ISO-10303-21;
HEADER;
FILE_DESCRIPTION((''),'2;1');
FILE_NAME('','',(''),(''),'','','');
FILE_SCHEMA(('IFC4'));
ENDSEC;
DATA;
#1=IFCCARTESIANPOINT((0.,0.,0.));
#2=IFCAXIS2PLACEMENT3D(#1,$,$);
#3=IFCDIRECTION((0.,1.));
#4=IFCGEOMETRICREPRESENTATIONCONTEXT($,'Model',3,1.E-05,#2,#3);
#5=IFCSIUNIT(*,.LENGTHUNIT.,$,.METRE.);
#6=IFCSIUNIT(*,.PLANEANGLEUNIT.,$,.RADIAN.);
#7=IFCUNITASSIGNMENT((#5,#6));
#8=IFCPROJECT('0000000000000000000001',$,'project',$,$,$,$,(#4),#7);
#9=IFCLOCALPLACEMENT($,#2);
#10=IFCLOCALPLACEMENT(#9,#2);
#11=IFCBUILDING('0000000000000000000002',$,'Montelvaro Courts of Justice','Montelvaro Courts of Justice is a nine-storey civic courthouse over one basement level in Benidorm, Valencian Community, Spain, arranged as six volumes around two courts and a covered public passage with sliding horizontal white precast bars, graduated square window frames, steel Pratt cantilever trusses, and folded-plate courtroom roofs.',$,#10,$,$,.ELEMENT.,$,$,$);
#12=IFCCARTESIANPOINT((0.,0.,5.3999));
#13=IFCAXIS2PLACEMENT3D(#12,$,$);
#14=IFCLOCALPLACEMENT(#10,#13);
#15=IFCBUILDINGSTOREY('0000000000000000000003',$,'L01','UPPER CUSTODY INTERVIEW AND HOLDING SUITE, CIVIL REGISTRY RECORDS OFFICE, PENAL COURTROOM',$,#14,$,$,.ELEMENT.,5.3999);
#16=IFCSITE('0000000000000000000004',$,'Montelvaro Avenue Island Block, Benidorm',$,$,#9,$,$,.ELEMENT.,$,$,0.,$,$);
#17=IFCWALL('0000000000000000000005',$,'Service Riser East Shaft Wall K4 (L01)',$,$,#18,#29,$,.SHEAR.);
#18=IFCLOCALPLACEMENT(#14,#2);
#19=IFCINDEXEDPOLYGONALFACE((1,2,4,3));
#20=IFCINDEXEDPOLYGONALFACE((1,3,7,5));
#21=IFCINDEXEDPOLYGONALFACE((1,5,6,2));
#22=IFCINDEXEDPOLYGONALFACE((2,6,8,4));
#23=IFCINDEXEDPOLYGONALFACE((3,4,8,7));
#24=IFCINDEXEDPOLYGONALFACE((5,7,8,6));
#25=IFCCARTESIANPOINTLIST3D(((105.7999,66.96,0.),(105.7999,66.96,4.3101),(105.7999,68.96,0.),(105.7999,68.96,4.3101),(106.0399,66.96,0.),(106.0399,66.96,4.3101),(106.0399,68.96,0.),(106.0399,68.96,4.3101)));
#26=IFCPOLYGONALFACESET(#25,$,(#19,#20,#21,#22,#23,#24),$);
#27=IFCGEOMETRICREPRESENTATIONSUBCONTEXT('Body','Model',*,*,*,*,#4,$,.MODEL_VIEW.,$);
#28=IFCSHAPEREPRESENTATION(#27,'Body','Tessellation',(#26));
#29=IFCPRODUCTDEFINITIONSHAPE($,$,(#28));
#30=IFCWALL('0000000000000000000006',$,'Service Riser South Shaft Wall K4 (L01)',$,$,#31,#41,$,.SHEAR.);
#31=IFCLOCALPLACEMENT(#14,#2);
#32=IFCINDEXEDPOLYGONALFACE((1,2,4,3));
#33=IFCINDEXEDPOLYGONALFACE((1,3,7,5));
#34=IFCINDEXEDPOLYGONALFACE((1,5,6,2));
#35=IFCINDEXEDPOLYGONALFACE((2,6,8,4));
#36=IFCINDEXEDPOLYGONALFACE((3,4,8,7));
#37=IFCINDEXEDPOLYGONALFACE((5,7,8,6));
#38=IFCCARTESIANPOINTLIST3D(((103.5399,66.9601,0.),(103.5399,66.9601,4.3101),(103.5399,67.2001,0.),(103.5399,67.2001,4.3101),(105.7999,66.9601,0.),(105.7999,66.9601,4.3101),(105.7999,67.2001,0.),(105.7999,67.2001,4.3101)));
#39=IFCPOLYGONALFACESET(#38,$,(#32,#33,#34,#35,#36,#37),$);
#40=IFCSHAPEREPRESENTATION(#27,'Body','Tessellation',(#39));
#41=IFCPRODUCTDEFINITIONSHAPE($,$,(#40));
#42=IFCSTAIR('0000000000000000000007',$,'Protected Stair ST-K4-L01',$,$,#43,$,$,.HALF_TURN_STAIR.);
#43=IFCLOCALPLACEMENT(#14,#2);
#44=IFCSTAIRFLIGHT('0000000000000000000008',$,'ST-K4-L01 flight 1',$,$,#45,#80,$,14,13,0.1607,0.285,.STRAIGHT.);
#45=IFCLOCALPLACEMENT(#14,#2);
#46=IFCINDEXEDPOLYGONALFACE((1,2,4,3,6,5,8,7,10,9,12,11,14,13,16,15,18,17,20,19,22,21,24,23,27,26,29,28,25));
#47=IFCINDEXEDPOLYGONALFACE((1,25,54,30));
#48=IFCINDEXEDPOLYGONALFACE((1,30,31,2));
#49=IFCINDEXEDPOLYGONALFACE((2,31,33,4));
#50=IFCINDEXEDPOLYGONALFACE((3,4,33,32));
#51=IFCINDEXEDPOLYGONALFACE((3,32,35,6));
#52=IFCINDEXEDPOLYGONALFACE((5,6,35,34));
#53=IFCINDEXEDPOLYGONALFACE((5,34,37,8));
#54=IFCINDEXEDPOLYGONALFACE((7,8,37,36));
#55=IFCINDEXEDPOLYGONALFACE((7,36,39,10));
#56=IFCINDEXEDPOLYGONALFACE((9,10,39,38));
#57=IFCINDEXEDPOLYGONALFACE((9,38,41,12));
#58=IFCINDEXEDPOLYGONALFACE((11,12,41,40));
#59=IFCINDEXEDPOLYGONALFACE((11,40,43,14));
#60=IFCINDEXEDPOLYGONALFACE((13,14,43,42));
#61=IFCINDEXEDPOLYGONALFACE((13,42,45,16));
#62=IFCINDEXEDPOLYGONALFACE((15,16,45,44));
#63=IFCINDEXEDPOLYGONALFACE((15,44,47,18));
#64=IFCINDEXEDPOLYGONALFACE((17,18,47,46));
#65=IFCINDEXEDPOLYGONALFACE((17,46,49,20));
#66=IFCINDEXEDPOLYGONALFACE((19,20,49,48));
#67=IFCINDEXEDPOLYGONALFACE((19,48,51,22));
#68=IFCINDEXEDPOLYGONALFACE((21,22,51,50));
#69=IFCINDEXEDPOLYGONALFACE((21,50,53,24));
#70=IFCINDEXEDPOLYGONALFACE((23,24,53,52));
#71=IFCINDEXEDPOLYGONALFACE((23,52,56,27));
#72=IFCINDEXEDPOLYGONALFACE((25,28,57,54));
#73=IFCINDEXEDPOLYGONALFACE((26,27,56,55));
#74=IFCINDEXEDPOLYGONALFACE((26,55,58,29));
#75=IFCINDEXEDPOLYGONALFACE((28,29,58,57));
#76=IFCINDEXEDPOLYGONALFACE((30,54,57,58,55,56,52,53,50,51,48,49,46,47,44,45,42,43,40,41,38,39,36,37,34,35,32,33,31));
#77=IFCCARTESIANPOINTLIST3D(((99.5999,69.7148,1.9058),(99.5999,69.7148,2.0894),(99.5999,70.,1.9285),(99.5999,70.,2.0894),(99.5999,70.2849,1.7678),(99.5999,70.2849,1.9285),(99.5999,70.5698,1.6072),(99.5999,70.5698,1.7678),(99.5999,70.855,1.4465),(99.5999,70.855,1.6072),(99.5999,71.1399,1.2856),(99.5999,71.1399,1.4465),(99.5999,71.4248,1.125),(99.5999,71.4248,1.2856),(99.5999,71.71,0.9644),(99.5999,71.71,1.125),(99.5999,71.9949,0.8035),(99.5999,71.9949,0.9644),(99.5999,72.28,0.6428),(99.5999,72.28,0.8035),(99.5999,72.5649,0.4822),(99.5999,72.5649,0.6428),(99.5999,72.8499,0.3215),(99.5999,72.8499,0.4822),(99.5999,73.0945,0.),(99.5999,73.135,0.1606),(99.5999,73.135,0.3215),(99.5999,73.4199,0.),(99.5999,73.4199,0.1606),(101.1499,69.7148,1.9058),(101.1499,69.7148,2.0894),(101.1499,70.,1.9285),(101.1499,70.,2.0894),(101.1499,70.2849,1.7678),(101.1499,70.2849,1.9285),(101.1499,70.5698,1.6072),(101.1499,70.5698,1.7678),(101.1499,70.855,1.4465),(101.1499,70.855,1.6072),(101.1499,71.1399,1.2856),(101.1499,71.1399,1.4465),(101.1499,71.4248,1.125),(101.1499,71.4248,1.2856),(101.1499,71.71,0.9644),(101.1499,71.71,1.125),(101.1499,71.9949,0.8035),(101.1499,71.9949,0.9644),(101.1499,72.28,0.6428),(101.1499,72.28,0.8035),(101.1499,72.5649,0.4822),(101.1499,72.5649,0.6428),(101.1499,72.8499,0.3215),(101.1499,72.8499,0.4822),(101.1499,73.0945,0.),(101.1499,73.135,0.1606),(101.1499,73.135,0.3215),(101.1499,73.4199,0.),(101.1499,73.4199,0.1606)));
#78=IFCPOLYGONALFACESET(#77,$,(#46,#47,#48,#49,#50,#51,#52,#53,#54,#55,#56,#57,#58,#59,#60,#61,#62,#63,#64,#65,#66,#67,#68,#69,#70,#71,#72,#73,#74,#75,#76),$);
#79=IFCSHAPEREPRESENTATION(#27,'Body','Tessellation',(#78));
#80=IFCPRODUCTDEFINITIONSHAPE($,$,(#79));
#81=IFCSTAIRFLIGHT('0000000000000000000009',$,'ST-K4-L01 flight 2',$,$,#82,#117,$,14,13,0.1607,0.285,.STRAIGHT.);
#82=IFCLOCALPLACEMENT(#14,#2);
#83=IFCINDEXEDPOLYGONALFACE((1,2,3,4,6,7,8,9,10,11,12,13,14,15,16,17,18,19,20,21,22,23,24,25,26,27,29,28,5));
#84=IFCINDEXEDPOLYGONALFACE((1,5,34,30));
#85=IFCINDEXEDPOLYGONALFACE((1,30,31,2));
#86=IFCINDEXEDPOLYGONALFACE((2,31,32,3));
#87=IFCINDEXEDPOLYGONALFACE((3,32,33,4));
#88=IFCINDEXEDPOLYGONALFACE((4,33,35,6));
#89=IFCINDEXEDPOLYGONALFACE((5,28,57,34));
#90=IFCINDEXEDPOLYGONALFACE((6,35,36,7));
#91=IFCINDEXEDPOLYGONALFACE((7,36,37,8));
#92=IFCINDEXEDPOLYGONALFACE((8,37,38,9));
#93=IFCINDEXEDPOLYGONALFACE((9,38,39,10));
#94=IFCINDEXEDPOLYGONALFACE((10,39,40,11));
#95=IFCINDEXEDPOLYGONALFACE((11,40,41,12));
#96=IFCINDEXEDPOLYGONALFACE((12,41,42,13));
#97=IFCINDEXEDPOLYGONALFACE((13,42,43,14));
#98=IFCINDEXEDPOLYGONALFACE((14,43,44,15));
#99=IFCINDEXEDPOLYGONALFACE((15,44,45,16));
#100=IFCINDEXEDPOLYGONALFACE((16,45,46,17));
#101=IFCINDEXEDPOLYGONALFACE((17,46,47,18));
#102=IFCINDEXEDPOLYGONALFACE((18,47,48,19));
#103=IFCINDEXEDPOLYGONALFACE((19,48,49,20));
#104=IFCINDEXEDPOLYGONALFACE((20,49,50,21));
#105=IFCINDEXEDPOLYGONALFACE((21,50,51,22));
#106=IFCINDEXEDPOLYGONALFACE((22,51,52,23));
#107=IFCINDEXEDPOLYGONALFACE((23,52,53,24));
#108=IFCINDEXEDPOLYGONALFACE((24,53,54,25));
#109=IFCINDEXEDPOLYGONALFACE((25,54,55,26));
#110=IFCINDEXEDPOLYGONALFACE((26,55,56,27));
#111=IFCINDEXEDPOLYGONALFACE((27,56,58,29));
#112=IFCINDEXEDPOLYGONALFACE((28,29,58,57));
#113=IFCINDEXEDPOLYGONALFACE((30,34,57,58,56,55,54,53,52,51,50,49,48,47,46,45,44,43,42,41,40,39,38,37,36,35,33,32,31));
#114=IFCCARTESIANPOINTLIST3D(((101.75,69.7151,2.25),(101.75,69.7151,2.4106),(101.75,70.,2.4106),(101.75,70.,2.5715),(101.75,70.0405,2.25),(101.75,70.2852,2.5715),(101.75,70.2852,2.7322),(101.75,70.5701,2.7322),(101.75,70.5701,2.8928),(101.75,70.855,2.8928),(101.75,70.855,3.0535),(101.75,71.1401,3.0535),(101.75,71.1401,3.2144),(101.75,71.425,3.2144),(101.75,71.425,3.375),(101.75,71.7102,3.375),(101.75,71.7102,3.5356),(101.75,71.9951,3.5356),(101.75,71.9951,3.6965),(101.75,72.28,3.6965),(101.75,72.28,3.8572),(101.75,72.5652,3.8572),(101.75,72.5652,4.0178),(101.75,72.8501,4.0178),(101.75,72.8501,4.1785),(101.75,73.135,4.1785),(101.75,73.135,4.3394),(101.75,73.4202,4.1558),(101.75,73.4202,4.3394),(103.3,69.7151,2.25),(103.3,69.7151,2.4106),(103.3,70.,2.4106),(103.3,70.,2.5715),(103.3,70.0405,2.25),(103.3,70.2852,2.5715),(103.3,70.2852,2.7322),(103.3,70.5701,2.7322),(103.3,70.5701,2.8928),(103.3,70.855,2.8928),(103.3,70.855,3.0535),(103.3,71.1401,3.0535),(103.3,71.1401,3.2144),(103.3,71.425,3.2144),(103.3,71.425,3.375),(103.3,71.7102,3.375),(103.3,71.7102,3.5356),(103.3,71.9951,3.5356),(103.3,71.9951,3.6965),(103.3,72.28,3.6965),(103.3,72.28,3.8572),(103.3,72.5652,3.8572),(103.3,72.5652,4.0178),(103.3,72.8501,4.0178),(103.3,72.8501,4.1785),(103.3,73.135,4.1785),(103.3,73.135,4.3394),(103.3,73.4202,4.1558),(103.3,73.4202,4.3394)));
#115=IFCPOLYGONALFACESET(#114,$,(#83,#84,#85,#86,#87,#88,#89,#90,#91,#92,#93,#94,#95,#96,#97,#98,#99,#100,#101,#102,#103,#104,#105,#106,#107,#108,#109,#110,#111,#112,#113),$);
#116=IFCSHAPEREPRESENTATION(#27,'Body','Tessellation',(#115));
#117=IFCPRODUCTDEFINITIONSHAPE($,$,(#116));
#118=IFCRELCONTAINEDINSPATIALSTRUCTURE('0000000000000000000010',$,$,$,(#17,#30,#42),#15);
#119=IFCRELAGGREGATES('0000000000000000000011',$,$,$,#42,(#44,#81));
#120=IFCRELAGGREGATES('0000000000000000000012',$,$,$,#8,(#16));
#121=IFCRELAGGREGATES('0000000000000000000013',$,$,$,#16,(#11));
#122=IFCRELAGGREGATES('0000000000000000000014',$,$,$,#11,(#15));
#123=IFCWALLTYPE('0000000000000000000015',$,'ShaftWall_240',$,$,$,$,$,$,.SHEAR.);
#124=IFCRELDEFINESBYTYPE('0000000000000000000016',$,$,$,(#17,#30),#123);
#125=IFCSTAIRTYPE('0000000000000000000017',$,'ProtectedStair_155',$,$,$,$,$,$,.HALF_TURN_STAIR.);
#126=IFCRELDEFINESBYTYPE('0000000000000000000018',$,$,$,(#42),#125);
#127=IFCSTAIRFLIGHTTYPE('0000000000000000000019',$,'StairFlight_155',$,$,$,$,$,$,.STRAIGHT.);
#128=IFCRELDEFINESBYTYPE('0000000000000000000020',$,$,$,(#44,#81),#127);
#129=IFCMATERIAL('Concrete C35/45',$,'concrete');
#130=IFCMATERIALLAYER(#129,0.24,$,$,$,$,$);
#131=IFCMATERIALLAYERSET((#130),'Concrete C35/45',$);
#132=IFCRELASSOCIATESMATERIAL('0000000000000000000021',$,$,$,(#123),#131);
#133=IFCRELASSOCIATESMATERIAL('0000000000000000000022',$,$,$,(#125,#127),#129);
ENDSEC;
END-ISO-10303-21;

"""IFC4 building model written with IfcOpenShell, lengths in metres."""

from ifc_helpers import new_model, si_unit, direction, frame, frame_2d, origin, place, context, subcontext, project, spatial, polyline, rectangle, outline, extrude, material, layer, layer_set, type_object, element, aggregate, save


model = new_model("IFC4")

# Units and contexts
model_context = context("Model", 3, precision=1e-05, world=origin(), true_north=direction((0.0, 1.0)))
body_context = subcontext(model_context, "Body", "Model", "MODEL_VIEW")
ifc_project = project(units=[si_unit("LENGTHUNIT", "METRE"), si_unit("PLANEANGLEUNIT", "RADIAN")], contexts=[model_context])

# Site, building, storey
site_placement = place(None, origin())
site = spatial("IfcSite", under=ifc_project, at=site_placement, Name="Montelvaro Avenue Island Block, Benidorm", CompositionType="ELEMENT", RefElevation=0.0)
building_placement = place(site_placement, origin())
building = spatial("IfcBuilding", under=site, at=building_placement, Name="Montelvaro Courts of Justice", Description="Montelvaro Courts of Justice is a nine-storey civic courthouse over one basement level in Benidorm, Valencian Community, Spain, arranged as six volumes around two courts and a covered public passage with sliding horizontal white precast bars, graduated square window frames, steel Pratt cantilever trusses, and folded-plate courtroom roofs.", CompositionType="ELEMENT")
storey_placement = place(building_placement, frame((0.0, 0.0, 5.3999)))
storey = spatial("IfcBuildingStorey", under=building, at=storey_placement, Name="L01", Description="UPPER CUSTODY INTERVIEW AND HOLDING SUITE, CIVIL REGISTRY RECORDS OFFICE, PENAL COURTROOM", CompositionType="ELEMENT", Elevation=5.3999)

# Shared definitions
ifc_material_1 = material(Name="Concrete C35/45", Category="concrete")
ifc_layer_1 = layer(ifc_material_1, 0.24)
ifc_layer_set_1 = layer_set([ifc_layer_1], Name="Concrete C35/45")
wall_type_1 = type_object("IfcWallType", Name="ShaftWall_240", PredefinedType="SHEAR", material=ifc_layer_set_1)

# Walls
wall_1_placement = place(storey_placement, frame((105.9199, 66.96, 0.0), z_axis=(0.0, 0.0, 1.0), x_axis=(0.0, 1.0, 0.0)))
element("IfcWall", 1, at=wall_1_placement, inside=storey, type_object=wall_type_1, Name="Service Riser East Shaft Wall K4 (L01)", PredefinedType="SHEAR", context=body_context, shape_type="SweptSolid", body=[
    extrude(rectangle(XDim=2.0, YDim=0.24, at=frame_2d((1.0, 0.0))), origin(), (0.0, 0.0, 1.0), 4.3101),
])
wall_2_placement = place(storey_placement, frame((103.54, 67.0801, 0.0), z_axis=(0.0, 0.0, 1.0), x_axis=(1.0, 0.0, 0.0)))
element("IfcWall", 2, at=wall_2_placement, inside=storey, type_object=wall_type_1, Name="Service Riser South Shaft Wall K4 (L01)", PredefinedType="SHEAR", context=body_context, shape_type="SweptSolid", body=[
    extrude(rectangle(XDim=2.26, YDim=0.24, at=frame_2d((1.1299, 0.0))), origin(), (0.0, 0.0, 1.0), 4.3101),
])

# Stair, stair flights
stair_type = type_object("IfcStairType", Name="ProtectedStair_155", PredefinedType="HALF_TURN_STAIR", material=ifc_material_1)
stair_placement = place(storey_placement, origin())
stair = element("IfcStair", 3, at=stair_placement, inside=storey, type_object=stair_type, Name="Protected Stair ST-K4-L01", PredefinedType="HALF_TURN_STAIR")
stair_flight_type = type_object("IfcStairFlightType", Name="StairFlight_155", PredefinedType="STRAIGHT", material=ifc_material_1)
stair_flight_1_placement = place(storey_placement, frame((100.375, 73.4199, 0.0), z_axis=(0.0, 0.0, 1.0), x_axis=(0.0, -1.0, 0.0)))
stair_flight_1 = element("IfcStairFlight", 4, at=stair_flight_1_placement, type_object=stair_flight_type, Name="ST-K4-L01 flight 1", NumberOfRisers=14, NumberOfTreads=13, PredefinedType="STRAIGHT", RiserHeight=0.1607, TreadLength=0.285, context=body_context, shape_type="SweptSolid", body=[
    extrude(outline(polyline([(0.0, 0.0), (0.0, 0.1606), (0.2849, 0.1606), (0.2849, 0.3215), (0.5701, 0.3215), (0.5701, 0.4822), (0.855, 0.4822), (0.855, 0.6428), (1.1399, 0.6428), (1.1399, 0.8035), (1.425, 0.8035), (1.425, 0.9644), (1.71, 0.9644), (1.71, 1.125), (1.9951, 1.125), (1.9951, 1.2856), (2.28, 1.2856), (2.28, 1.4465), (2.5649, 1.4465), (2.5649, 1.6072), (2.8501, 1.6072), (2.8501, 1.7678), (3.135, 1.7678), (3.135, 1.9285), (3.4199, 1.9285), (3.4199, 2.0894), (3.7051, 2.0894), (3.7051, 2.25), (3.7051, 1.9058), (0.3254, 0.0), (0.0, 0.0)])), frame((0.0, 0.7749, 0.0), z_axis=(0.0, -1.0, 0.0), x_axis=(1.0, 0.0, 0.0)), (0.0, 0.0, 1.0), 1.55),
])
stair_flight_2_placement = place(storey_placement, frame((102.5249, 69.7151, 2.25), z_axis=(0.0, 0.0, 1.0), x_axis=(0.0, 1.0, 0.0)))
stair_flight_2 = element("IfcStairFlight", 5, at=stair_flight_2_placement, type_object=stair_flight_type, Name="ST-K4-L01 flight 2", NumberOfRisers=14, NumberOfTreads=13, PredefinedType="STRAIGHT", RiserHeight=0.1607, TreadLength=0.285, context=body_context, shape_type="SweptSolid", body=[
    extrude(outline(polyline([(0.0, 0.0), (0.0, 0.1606), (0.2849, 0.1606), (0.2849, 0.3215), (0.5701, 0.3215), (0.5701, 0.4822), (0.855, 0.4822), (0.855, 0.6428), (1.1399, 0.6428), (1.1399, 0.8035), (1.425, 0.8035), (1.425, 0.9644), (1.71, 0.9644), (1.71, 1.125), (1.9951, 1.125), (1.9951, 1.2856), (2.28, 1.2856), (2.28, 1.4465), (2.5649, 1.4465), (2.5649, 1.6072), (2.8501, 1.6072), (2.8501, 1.7678), (3.135, 1.7678), (3.135, 1.9285), (3.4199, 1.9285), (3.4199, 2.0894), (3.7051, 2.0894), (3.7051, 2.25), (3.7051, 1.9058), (0.3254, 0.0), (0.0, 0.0)])), frame((0.0, 0.7749, 0.0), z_axis=(0.0, -1.0, 0.0), x_axis=(1.0, 0.0, 0.0)), (0.0, 0.0, 1.0), 1.55),
])
aggregate(stair, [stair_flight_1, stair_flight_2])

save(model, "model.ifc")
